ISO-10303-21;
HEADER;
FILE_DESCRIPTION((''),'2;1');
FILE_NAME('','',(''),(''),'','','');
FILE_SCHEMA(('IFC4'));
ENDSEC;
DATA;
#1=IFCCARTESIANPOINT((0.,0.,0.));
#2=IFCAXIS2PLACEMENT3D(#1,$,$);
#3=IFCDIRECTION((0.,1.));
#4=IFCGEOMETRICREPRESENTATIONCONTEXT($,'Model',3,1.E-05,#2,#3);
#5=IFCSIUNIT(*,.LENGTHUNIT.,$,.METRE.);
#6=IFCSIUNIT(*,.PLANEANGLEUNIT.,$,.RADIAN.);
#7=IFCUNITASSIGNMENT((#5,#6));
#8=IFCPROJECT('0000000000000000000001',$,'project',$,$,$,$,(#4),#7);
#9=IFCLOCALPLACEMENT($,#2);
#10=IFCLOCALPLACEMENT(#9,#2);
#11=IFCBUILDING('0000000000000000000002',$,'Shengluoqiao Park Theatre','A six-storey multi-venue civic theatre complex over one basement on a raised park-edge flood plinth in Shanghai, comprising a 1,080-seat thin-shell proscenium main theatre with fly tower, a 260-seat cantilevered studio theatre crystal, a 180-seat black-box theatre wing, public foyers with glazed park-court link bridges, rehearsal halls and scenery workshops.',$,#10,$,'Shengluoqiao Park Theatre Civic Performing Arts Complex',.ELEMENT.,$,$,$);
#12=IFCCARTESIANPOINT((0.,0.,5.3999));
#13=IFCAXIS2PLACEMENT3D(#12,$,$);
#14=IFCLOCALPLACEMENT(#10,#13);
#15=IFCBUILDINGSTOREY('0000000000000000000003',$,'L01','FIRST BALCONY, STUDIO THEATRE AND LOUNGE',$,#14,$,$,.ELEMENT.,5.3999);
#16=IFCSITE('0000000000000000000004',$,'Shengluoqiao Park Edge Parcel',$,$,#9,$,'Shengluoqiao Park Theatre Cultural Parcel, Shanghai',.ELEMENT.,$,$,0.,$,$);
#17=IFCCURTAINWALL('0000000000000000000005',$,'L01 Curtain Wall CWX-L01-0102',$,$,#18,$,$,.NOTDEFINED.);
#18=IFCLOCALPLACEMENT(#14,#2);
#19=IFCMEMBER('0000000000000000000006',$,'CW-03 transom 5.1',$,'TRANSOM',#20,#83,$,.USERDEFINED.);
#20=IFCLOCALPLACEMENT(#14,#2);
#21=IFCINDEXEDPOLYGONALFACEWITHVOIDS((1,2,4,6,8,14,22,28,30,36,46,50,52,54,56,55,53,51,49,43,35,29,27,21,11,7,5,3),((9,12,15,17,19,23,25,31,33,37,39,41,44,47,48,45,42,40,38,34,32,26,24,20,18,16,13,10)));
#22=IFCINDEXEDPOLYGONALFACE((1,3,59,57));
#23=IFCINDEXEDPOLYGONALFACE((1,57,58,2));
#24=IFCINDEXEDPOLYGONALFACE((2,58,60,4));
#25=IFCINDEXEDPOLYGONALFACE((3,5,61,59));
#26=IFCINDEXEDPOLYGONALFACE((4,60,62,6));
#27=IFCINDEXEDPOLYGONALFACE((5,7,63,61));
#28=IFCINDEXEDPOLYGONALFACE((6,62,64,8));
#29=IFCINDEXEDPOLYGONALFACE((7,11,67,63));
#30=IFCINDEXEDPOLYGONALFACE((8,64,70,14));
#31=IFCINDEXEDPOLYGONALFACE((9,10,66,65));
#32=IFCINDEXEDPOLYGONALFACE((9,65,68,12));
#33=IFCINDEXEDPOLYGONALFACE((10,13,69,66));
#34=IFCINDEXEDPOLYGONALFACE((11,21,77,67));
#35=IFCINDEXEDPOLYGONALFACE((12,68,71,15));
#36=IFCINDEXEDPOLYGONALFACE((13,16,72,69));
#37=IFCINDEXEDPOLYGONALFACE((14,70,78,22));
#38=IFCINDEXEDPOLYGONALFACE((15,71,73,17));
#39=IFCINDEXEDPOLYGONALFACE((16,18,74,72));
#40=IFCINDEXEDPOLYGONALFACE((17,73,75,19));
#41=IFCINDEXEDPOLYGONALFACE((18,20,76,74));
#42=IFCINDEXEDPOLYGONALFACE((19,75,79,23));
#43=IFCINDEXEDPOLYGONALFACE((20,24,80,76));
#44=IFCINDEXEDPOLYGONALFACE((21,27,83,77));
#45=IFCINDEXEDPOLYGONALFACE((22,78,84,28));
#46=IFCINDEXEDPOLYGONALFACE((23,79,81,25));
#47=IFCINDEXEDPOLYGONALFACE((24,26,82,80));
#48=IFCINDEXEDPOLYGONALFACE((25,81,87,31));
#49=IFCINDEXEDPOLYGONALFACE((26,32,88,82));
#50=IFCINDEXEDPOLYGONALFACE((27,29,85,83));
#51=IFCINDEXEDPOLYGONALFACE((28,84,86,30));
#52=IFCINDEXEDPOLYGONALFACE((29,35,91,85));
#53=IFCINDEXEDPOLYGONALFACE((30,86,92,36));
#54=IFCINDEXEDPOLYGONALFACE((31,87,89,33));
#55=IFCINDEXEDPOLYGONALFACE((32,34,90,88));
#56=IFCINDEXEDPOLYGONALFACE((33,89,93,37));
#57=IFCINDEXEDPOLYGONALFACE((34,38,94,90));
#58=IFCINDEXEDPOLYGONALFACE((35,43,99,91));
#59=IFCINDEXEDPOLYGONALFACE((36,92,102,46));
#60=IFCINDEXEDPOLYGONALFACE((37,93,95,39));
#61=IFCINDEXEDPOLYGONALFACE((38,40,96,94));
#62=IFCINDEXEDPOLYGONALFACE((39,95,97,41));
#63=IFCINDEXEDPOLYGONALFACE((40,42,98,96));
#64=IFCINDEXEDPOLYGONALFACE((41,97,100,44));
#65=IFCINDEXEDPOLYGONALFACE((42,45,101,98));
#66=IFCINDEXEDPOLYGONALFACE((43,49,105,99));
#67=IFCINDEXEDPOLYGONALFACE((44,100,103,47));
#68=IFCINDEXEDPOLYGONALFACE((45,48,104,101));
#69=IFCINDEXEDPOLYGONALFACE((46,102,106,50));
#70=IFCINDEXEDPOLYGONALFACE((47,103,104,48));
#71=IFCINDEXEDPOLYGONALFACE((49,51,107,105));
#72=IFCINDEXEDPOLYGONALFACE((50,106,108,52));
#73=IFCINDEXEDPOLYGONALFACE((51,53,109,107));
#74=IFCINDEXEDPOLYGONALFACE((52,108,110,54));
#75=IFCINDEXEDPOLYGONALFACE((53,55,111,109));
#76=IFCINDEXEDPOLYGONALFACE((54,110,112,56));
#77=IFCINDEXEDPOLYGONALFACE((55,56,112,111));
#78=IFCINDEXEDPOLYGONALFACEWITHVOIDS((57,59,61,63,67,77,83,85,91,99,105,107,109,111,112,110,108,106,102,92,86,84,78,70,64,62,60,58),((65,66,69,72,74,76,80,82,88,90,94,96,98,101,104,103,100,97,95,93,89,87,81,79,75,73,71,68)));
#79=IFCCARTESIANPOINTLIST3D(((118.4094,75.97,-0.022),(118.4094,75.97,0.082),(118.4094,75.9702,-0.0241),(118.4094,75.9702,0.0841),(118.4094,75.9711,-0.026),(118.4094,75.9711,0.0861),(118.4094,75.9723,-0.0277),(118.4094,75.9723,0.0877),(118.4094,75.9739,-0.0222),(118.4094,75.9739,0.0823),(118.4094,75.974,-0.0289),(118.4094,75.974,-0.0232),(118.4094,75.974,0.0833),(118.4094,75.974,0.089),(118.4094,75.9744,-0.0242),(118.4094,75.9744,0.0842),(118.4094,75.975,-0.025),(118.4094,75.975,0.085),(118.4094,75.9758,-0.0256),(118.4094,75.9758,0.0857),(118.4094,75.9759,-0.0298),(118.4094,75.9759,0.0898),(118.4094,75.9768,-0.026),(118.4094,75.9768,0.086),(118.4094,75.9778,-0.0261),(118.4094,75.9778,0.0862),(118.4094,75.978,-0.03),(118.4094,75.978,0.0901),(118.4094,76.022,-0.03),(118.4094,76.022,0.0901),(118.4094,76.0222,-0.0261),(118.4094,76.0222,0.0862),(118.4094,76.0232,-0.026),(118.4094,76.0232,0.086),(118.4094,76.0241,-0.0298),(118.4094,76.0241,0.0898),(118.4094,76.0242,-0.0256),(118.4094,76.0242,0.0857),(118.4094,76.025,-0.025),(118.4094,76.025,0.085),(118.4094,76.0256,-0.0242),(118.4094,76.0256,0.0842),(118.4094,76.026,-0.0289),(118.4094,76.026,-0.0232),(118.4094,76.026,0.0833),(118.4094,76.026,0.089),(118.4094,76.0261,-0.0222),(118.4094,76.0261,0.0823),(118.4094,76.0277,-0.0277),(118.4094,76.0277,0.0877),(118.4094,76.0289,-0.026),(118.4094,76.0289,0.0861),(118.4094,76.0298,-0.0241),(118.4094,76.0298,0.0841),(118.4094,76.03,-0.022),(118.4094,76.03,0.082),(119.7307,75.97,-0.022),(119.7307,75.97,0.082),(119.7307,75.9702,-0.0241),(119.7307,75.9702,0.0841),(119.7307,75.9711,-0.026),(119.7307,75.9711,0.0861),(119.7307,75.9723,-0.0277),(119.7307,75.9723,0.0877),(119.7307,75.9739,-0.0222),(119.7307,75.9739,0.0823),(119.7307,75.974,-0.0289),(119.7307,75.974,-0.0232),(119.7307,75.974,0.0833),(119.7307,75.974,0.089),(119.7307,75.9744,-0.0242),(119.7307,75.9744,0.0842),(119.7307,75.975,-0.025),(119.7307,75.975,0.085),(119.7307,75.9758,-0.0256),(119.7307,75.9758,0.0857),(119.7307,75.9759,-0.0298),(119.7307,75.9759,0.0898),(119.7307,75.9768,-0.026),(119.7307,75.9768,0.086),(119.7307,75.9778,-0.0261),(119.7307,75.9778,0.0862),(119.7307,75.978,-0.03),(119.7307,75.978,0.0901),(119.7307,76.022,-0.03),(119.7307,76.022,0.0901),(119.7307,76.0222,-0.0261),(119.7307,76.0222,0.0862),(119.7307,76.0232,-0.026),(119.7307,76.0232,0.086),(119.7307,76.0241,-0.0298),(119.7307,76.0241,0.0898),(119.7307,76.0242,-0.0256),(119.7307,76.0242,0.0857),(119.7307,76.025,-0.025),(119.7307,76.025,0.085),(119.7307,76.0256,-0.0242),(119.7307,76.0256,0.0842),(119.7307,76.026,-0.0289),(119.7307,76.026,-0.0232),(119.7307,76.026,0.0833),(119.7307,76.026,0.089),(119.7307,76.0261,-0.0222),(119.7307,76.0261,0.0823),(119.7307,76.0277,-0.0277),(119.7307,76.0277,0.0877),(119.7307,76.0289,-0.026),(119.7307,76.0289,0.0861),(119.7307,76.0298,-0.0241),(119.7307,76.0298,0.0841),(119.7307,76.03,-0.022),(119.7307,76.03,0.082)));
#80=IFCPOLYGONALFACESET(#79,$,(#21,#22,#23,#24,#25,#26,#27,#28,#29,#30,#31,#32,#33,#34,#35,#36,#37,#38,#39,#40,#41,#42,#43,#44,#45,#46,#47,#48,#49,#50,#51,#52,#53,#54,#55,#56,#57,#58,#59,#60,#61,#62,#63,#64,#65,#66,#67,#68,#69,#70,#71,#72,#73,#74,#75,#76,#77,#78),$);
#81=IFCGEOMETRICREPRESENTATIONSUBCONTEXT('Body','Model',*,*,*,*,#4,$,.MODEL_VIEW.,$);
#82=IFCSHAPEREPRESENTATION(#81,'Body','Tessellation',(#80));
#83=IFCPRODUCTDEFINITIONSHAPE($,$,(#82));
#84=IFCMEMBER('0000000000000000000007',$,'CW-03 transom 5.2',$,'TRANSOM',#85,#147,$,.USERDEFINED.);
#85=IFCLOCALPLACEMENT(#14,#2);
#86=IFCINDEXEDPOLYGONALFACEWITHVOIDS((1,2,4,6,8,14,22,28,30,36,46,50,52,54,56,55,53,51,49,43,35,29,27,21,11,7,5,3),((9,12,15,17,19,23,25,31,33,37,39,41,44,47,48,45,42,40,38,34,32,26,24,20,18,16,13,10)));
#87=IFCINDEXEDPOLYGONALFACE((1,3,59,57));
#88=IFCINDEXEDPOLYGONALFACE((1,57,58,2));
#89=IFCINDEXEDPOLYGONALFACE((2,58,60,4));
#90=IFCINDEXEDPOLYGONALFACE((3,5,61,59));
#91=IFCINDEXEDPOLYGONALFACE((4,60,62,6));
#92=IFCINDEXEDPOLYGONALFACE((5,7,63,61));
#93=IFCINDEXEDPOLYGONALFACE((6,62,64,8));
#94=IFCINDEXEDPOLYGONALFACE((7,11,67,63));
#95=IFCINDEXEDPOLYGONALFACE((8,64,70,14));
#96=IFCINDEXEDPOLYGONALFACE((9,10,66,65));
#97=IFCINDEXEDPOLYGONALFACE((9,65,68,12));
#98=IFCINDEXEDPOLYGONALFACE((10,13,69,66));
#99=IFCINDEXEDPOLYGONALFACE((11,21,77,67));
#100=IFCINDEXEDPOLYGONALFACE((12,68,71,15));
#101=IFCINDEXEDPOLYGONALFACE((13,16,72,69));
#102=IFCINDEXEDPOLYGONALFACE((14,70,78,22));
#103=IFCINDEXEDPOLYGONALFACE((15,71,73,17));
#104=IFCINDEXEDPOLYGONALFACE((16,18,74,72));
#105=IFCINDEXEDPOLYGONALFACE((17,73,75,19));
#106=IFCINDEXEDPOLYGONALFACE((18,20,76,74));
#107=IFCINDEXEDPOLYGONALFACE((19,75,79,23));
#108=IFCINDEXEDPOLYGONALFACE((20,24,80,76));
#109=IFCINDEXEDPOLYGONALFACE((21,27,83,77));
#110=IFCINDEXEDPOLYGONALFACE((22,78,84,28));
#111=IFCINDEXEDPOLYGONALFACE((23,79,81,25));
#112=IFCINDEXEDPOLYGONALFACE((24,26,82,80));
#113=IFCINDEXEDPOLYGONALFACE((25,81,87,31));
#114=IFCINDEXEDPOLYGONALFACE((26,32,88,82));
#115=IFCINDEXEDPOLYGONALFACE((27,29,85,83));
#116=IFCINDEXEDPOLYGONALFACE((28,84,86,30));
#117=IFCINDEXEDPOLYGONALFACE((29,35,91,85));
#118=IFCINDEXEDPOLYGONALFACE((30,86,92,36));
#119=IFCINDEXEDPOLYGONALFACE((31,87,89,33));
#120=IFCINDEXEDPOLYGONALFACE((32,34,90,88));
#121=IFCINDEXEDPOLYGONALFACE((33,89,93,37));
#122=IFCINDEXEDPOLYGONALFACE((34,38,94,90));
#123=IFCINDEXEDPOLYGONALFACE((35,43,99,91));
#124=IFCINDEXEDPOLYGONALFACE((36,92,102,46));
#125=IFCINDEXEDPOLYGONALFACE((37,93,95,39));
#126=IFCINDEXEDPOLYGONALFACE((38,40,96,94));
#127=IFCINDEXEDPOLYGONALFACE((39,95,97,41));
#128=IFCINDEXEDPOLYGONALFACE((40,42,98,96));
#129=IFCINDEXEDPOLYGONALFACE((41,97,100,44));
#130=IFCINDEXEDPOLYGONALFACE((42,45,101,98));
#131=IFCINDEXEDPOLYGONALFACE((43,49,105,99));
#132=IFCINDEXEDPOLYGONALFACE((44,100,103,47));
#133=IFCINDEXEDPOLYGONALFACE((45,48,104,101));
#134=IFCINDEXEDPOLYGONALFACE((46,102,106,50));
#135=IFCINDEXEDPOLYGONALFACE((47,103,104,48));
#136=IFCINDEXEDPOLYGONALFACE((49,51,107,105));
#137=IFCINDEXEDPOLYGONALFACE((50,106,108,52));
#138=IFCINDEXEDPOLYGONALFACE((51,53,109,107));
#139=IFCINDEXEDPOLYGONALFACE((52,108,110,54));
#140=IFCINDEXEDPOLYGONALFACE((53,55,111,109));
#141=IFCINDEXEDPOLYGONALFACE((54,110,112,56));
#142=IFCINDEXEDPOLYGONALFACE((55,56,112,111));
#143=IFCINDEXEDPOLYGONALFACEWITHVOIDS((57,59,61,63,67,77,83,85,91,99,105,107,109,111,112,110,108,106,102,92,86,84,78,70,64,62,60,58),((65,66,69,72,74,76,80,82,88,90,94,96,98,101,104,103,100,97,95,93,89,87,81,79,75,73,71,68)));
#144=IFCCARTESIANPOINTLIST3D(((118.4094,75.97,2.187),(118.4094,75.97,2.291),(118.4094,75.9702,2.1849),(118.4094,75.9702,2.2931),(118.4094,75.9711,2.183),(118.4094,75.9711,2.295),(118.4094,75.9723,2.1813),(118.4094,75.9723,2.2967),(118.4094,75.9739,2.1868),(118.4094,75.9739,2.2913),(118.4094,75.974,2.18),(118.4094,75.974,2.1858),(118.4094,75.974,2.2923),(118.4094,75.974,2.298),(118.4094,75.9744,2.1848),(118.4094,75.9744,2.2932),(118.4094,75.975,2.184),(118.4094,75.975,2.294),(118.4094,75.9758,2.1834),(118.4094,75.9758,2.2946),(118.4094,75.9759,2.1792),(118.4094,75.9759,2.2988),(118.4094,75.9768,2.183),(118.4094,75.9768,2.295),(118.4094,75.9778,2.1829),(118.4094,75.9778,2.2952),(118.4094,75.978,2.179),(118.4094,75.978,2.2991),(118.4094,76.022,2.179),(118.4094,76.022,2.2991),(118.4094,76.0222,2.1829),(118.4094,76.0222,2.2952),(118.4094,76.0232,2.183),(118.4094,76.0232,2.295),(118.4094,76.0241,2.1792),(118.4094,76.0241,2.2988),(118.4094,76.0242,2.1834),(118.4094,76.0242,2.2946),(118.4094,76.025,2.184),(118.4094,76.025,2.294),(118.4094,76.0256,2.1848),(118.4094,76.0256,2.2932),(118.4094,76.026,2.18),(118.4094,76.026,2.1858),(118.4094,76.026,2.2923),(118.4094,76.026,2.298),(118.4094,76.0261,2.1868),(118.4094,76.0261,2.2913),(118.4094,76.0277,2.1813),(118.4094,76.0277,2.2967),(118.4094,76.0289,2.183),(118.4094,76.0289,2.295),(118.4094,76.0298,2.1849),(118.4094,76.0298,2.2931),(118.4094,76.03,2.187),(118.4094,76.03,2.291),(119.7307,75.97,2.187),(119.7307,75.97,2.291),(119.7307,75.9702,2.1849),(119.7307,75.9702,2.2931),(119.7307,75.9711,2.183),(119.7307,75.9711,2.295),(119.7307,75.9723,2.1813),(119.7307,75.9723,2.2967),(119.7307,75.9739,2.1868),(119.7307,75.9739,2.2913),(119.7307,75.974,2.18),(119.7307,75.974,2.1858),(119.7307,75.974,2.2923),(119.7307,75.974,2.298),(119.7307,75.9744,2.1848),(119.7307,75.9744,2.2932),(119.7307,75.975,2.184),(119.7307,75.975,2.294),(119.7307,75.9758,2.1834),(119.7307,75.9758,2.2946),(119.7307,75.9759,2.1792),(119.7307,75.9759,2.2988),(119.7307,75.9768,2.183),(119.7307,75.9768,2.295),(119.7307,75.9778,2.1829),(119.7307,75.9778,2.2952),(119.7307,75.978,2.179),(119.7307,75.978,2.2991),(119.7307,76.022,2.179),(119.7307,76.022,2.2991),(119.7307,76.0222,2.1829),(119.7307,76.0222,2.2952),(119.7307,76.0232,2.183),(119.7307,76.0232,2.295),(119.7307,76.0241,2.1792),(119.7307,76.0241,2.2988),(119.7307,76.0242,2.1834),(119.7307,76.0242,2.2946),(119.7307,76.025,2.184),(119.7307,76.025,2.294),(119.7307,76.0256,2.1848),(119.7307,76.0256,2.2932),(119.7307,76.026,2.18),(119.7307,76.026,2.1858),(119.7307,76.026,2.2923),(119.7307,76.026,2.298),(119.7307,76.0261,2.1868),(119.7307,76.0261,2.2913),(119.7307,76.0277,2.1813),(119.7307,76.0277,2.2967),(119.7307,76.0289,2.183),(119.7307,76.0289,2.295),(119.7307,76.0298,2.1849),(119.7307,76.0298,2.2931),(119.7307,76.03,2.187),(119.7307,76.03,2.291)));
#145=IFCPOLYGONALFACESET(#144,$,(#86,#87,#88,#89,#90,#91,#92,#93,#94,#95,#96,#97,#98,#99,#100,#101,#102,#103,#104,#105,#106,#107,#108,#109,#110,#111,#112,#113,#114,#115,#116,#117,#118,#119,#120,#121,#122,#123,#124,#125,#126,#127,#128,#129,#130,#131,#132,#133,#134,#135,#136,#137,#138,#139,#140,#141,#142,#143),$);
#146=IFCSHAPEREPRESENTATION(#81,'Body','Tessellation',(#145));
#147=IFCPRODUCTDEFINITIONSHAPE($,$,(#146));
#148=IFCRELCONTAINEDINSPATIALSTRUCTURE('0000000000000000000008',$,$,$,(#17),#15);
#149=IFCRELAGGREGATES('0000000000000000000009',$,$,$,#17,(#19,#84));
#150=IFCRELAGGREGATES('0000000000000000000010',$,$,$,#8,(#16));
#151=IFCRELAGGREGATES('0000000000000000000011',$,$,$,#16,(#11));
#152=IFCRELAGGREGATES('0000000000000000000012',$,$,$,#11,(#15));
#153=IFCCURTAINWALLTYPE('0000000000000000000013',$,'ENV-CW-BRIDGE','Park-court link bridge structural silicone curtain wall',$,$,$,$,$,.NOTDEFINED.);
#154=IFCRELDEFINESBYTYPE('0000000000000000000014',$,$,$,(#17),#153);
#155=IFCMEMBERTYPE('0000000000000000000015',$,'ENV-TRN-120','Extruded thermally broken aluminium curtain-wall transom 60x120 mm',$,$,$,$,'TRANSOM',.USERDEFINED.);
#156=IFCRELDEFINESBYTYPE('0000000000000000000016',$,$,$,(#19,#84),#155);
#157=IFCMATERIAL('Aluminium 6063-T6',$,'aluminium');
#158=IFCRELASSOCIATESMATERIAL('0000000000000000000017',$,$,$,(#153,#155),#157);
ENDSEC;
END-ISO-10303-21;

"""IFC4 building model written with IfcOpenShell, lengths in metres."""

from ifc_helpers import new_model, si_unit, direction, frame, origin, origin_2d, place, context, subcontext, project, spatial, hollow_rectangle, extrude, material, material_profile, profile_set, type_object, element, aggregate, save


model = new_model("IFC4")

# Units and contexts
model_context = context("Model", 3, precision=1e-05, world=origin(), true_north=direction((0.0, 1.0)))
body_context = subcontext(model_context, "Body", "Model", "MODEL_VIEW")
ifc_project = project(units=[si_unit("LENGTHUNIT", "METRE"), si_unit("PLANEANGLEUNIT", "RADIAN")], contexts=[model_context])

# Site, building, storey
site_placement = place(None, origin())
site = spatial("IfcSite", under=ifc_project, at=site_placement, Name="Shengluoqiao Park Edge Parcel", LongName="Shengluoqiao Park Theatre Cultural Parcel, Shanghai", CompositionType="ELEMENT", RefElevation=0.0)
building_placement = place(site_placement, origin())
building = spatial("IfcBuilding", under=site, at=building_placement, Name="Shengluoqiao Park Theatre", Description="A six-storey multi-venue civic theatre complex over one basement on a raised park-edge flood plinth in Shanghai, comprising a 1,080-seat thin-shell proscenium main theatre with fly tower, a 260-seat cantilevered studio theatre crystal, a 180-seat black-box theatre wing, public foyers with glazed park-court link bridges, rehearsal halls and scenery workshops.", LongName="Shengluoqiao Park Theatre Civic Performing Arts Complex", CompositionType="ELEMENT")
storey_placement = place(building_placement, frame((0.0, 0.0, 5.3999)))
storey = spatial("IfcBuildingStorey", under=building, at=storey_placement, Name="L01", Description="FIRST BALCONY, STUDIO THEATRE AND LOUNGE", CompositionType="ELEMENT", Elevation=5.3999)

# Curtain wall
ifc_material_1 = material(Name="Aluminium 6063-T6", Category="aluminium")
curtain_wall_type = type_object("IfcCurtainWallType", Name="ENV-CW-BRIDGE", Description="Park-court link bridge structural silicone curtain wall", PredefinedType="NOTDEFINED", material=ifc_material_1)
curtain_wall_1_placement = place(storey_placement, origin())
curtain_wall_1 = element("IfcCurtainWall", 1, at=curtain_wall_1_placement, inside=storey, type_object=curtain_wall_type, Name="L01 Curtain Wall CWX-L01-0102", PredefinedType="NOTDEFINED")

# Members
ifc_material_profile_1 = material_profile(ifc_material_1, hollow_rectangle(XDim=0.0601, YDim=0.1201, WallThickness=0.0039, InnerFilletRadius=0.0039, OuterFilletRadius=0.0081, at=origin_2d()), Name="ALU TRANSOM 120x60x4")
ifc_profile_set_1 = profile_set([ifc_material_profile_1], Name="Aluminium 6063-T6")
member_type_1 = type_object("IfcMemberType", Name="ENV-TRN-120", Description="Extruded thermally broken aluminium curtain-wall transom 60x120 mm", ElementType="TRANSOM", PredefinedType="USERDEFINED", material=ifc_profile_set_1)
member_1_placement = place(storey_placement, frame((118.4094, 76.0, 0.03), z_axis=(1.0, 0.0, 0.0), x_axis=(0.0, 1.0, 0.0)))
member_1 = element("IfcMember", 2, at=member_1_placement, type_object=member_type_1, Name="CW-03 transom 5.1", ObjectType="TRANSOM", PredefinedType="USERDEFINED", context=body_context, shape_type="SweptSolid", body=[
    extrude(hollow_rectangle(XDim=0.0601, YDim=0.1201, WallThickness=0.0039, InnerFilletRadius=0.0039, OuterFilletRadius=0.0081, at=origin_2d()), origin(), (0.0, 0.0, 1.0), 1.3213),
])
member_2_placement = place(storey_placement, frame((118.4094, 76.0, 2.239), z_axis=(1.0, 0.0, 0.0), x_axis=(0.0, 1.0, 0.0)))
member_2 = element("IfcMember", 3, at=member_2_placement, type_object=member_type_1, Name="CW-03 transom 5.2", ObjectType="TRANSOM", PredefinedType="USERDEFINED", context=body_context, shape_type="SweptSolid", body=[
    extrude(hollow_rectangle(XDim=0.0601, YDim=0.1201, WallThickness=0.0039, InnerFilletRadius=0.0039, OuterFilletRadius=0.0081, at=origin_2d()), origin(), (0.0, 0.0, 1.0), 1.3213),
])

aggregate(curtain_wall_1, [member_1, member_2])

save(model, "model.ifc")
